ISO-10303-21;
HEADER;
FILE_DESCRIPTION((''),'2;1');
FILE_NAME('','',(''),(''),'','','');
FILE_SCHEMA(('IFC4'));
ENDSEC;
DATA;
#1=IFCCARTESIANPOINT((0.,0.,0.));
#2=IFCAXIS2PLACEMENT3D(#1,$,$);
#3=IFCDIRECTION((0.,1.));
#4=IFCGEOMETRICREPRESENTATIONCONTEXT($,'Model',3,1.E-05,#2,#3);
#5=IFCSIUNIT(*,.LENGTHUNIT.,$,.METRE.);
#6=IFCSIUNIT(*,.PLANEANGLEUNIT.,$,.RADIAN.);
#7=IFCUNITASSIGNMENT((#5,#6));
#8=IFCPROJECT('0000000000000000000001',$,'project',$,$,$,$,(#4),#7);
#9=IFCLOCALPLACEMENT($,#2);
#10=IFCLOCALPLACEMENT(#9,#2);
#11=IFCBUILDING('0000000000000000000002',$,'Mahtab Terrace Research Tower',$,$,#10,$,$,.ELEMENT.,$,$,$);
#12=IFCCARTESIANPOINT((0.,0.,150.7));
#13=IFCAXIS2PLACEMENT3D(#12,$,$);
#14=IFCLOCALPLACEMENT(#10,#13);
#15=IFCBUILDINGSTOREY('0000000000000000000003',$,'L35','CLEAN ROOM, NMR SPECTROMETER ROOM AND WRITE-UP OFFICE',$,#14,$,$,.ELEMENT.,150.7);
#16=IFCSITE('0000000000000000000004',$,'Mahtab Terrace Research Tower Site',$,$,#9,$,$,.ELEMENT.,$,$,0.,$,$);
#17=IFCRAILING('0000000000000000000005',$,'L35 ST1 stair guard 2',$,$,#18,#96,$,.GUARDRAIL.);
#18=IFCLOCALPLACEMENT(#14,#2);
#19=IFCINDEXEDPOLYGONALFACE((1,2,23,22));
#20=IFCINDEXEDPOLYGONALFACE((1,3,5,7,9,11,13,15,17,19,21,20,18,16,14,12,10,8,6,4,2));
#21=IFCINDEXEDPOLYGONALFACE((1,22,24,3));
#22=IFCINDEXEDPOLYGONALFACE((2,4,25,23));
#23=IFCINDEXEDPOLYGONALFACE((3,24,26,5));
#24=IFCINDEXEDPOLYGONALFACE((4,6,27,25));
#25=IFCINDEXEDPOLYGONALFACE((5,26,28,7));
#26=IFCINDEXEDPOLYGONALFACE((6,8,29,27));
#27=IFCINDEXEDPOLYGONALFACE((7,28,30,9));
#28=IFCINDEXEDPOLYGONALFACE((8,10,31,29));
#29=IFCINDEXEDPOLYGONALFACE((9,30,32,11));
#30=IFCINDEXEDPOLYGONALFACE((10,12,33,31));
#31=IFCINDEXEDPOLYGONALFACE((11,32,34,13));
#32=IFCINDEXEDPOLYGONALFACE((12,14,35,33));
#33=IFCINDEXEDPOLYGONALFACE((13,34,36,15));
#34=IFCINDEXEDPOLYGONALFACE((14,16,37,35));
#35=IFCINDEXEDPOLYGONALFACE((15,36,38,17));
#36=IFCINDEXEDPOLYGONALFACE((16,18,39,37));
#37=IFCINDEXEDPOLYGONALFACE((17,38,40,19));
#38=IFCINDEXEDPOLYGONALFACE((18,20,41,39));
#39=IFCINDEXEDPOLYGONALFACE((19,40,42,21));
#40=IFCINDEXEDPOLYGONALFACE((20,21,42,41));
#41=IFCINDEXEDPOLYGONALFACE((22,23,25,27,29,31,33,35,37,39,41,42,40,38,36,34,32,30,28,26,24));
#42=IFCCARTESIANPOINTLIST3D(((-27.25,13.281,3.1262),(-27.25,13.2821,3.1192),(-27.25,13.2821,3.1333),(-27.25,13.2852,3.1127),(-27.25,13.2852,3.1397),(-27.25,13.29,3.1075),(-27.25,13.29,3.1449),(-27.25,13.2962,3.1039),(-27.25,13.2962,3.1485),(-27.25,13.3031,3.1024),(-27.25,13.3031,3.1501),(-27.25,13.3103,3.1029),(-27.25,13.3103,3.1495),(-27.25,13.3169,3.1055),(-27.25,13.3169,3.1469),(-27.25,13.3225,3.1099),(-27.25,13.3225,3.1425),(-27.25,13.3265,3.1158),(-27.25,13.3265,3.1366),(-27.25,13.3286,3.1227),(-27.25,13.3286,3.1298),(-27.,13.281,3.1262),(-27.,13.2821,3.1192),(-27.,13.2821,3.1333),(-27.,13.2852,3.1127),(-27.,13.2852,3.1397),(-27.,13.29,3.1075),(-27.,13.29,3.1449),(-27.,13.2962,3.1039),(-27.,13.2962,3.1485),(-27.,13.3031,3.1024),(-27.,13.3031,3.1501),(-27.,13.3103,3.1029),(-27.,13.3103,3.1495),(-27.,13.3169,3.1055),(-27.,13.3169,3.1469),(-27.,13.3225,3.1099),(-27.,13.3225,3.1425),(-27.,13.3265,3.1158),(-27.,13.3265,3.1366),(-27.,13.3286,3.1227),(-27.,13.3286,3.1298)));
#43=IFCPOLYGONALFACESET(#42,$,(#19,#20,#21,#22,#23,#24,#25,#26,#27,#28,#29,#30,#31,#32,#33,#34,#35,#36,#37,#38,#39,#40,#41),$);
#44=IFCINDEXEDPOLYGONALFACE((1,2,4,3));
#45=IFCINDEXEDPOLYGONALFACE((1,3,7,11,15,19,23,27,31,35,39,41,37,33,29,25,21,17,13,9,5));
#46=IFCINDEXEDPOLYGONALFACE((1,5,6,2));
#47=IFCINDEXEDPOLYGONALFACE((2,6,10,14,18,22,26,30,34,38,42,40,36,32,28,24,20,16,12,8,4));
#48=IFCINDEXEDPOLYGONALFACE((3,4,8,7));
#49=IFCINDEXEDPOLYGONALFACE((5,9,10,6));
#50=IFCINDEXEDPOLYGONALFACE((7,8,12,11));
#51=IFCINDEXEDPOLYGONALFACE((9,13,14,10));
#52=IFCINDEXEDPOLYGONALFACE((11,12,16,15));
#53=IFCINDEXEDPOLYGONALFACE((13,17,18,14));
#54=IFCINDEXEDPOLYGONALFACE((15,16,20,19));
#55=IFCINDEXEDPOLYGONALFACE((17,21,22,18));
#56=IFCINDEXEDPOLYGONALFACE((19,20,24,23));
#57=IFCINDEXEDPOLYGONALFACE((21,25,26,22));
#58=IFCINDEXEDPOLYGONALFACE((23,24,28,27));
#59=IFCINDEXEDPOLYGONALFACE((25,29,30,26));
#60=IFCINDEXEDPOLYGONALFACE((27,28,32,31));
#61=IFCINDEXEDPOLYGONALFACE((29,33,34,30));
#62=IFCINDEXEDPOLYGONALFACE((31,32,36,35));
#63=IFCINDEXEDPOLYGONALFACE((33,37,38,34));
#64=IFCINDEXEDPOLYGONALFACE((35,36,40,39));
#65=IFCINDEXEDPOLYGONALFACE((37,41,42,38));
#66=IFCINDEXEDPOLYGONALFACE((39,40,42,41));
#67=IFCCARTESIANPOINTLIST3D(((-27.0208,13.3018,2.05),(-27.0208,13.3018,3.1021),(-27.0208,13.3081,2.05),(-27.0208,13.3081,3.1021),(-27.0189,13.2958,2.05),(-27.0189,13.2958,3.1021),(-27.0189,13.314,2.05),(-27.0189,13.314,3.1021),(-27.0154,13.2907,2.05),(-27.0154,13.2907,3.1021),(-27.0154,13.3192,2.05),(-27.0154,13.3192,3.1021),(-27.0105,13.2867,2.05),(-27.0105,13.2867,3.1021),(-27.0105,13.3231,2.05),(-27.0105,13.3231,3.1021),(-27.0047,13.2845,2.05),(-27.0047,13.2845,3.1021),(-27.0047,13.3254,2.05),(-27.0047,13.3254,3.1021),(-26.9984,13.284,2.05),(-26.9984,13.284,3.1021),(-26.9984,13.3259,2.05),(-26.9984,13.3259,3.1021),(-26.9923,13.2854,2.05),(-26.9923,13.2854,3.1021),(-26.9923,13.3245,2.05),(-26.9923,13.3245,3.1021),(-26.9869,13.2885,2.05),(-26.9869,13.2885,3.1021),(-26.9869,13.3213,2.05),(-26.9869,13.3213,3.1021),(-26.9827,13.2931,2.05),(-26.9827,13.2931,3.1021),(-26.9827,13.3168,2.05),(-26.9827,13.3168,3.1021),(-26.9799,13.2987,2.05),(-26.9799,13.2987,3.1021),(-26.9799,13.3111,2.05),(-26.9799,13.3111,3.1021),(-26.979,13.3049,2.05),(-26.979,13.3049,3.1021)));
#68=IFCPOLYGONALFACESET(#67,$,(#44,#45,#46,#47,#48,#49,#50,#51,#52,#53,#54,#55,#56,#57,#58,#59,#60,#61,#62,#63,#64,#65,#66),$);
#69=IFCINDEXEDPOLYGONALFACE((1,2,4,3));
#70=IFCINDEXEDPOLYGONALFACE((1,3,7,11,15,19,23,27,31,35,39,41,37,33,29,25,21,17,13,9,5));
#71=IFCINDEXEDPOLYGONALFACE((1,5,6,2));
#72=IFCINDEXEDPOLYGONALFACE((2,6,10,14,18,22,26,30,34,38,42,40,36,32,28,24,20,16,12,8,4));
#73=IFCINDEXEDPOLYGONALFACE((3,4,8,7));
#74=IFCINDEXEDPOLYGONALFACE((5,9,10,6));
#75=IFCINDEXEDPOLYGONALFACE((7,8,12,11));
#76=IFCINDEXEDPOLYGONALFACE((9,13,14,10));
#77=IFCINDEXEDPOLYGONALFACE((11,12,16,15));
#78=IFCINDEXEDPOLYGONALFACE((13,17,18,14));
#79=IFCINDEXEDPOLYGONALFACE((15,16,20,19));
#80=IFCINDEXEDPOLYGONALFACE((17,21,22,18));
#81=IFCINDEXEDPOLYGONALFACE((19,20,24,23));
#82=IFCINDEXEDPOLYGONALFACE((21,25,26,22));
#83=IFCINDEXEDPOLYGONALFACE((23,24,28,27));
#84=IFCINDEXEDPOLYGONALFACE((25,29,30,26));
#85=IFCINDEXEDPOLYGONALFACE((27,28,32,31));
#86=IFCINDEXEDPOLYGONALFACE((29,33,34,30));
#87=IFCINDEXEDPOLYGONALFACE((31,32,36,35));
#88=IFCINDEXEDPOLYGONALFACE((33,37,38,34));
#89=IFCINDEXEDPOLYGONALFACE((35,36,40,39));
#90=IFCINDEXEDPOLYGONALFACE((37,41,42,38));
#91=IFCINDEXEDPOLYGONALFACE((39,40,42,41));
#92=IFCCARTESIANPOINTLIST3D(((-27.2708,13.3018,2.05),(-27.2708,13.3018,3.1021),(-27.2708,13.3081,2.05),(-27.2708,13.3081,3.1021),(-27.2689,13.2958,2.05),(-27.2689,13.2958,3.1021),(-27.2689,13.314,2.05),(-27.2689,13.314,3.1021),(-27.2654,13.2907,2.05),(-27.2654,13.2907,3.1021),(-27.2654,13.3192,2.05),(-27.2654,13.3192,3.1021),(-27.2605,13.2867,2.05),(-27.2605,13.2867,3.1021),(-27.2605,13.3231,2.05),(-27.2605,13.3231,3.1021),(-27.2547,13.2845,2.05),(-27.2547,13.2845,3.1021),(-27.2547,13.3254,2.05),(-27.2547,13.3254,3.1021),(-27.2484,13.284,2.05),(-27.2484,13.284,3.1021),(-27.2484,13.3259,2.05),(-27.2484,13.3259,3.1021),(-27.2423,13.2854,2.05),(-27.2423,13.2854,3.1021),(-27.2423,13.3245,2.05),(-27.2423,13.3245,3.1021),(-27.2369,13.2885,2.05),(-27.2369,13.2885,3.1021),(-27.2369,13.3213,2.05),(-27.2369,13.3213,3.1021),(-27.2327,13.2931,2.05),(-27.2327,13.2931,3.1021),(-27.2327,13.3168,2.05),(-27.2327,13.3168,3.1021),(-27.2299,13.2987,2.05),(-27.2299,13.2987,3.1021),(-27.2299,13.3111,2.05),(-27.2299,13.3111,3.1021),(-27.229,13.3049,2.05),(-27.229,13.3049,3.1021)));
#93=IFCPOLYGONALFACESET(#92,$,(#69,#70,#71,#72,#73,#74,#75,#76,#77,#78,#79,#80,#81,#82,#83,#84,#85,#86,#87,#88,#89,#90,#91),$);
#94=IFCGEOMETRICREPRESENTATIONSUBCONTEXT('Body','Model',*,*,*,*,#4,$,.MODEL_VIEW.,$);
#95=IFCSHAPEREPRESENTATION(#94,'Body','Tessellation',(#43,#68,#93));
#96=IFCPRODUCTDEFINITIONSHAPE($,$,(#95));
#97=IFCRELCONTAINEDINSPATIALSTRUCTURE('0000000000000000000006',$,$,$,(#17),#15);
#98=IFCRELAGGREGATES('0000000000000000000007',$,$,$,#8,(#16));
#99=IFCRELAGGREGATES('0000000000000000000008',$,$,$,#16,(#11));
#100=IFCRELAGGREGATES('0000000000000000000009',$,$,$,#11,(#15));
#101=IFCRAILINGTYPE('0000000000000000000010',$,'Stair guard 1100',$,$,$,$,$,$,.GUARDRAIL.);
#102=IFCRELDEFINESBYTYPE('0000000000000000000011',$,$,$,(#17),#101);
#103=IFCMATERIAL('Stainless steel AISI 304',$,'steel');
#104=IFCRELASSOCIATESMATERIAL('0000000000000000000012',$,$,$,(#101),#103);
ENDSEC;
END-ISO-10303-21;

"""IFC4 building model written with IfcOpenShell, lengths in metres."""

from ifc_helpers import new_model, si_unit, direction, frame, origin, origin_2d, place, context, subcontext, project, spatial, circle, extrude, material, type_object, element, save


model = new_model("IFC4")

# Units and contexts
model_context = context("Model", 3, precision=1e-05, world=origin(), true_north=direction((0.0, 1.0)))
body_context = subcontext(model_context, "Body", "Model", "MODEL_VIEW")
ifc_project = project(units=[si_unit("LENGTHUNIT", "METRE"), si_unit("PLANEANGLEUNIT", "RADIAN")], contexts=[model_context])

# Site, building, storey
site_placement = place(None, origin())
site = spatial("IfcSite", under=ifc_project, at=site_placement, Name="Mahtab Terrace Research Tower Site", CompositionType="ELEMENT", RefElevation=0.0)
building_placement = place(site_placement, origin())
building = spatial("IfcBuilding", under=site, at=building_placement, Name="Mahtab Terrace Research Tower", CompositionType="ELEMENT")
storey_placement = place(building_placement, frame((0.0, 0.0, 150.7)))
storey = spatial("IfcBuildingStorey", under=building, at=storey_placement, Name="L35", Description="CLEAN ROOM, NMR SPECTROMETER ROOM AND WRITE-UP OFFICE", CompositionType="ELEMENT", Elevation=150.7)

# Railing
ifc_material_1 = material(Name="Stainless steel AISI 304", Category="steel")
railing_type_1 = type_object("IfcRailingType", Name="Stair guard 1100", PredefinedType="GUARDRAIL", material=ifc_material_1)
railing_1_placement = place(storey_placement, frame((-27.0, 13.3049, 2.05)))
element("IfcRailing", 1, at=railing_1_placement, inside=storey, type_object=railing_type_1, Name="L35 ST1 stair guard 2", PredefinedType="GUARDRAIL", context=body_context, shape_type="SweptSolid", body=[
    extrude(circle(Radius=0.0239, at=origin_2d()), frame((0.0, 0.0, 1.0762), z_axis=(-1.0, 0.0, 0.0), x_axis=(0.0, -1.0, 0.0)), (0.0, 0.0, 1.0), 0.25),
    extrude(circle(Radius=0.021, at=origin_2d()), origin(), (0.0, 0.0, 1.0), 1.052),
    extrude(circle(Radius=0.021, at=origin_2d()), frame((-0.25, 0.0, 0.0)), (0.0, 0.0, 1.0), 1.052),
])

save(model, "model.ifc")
